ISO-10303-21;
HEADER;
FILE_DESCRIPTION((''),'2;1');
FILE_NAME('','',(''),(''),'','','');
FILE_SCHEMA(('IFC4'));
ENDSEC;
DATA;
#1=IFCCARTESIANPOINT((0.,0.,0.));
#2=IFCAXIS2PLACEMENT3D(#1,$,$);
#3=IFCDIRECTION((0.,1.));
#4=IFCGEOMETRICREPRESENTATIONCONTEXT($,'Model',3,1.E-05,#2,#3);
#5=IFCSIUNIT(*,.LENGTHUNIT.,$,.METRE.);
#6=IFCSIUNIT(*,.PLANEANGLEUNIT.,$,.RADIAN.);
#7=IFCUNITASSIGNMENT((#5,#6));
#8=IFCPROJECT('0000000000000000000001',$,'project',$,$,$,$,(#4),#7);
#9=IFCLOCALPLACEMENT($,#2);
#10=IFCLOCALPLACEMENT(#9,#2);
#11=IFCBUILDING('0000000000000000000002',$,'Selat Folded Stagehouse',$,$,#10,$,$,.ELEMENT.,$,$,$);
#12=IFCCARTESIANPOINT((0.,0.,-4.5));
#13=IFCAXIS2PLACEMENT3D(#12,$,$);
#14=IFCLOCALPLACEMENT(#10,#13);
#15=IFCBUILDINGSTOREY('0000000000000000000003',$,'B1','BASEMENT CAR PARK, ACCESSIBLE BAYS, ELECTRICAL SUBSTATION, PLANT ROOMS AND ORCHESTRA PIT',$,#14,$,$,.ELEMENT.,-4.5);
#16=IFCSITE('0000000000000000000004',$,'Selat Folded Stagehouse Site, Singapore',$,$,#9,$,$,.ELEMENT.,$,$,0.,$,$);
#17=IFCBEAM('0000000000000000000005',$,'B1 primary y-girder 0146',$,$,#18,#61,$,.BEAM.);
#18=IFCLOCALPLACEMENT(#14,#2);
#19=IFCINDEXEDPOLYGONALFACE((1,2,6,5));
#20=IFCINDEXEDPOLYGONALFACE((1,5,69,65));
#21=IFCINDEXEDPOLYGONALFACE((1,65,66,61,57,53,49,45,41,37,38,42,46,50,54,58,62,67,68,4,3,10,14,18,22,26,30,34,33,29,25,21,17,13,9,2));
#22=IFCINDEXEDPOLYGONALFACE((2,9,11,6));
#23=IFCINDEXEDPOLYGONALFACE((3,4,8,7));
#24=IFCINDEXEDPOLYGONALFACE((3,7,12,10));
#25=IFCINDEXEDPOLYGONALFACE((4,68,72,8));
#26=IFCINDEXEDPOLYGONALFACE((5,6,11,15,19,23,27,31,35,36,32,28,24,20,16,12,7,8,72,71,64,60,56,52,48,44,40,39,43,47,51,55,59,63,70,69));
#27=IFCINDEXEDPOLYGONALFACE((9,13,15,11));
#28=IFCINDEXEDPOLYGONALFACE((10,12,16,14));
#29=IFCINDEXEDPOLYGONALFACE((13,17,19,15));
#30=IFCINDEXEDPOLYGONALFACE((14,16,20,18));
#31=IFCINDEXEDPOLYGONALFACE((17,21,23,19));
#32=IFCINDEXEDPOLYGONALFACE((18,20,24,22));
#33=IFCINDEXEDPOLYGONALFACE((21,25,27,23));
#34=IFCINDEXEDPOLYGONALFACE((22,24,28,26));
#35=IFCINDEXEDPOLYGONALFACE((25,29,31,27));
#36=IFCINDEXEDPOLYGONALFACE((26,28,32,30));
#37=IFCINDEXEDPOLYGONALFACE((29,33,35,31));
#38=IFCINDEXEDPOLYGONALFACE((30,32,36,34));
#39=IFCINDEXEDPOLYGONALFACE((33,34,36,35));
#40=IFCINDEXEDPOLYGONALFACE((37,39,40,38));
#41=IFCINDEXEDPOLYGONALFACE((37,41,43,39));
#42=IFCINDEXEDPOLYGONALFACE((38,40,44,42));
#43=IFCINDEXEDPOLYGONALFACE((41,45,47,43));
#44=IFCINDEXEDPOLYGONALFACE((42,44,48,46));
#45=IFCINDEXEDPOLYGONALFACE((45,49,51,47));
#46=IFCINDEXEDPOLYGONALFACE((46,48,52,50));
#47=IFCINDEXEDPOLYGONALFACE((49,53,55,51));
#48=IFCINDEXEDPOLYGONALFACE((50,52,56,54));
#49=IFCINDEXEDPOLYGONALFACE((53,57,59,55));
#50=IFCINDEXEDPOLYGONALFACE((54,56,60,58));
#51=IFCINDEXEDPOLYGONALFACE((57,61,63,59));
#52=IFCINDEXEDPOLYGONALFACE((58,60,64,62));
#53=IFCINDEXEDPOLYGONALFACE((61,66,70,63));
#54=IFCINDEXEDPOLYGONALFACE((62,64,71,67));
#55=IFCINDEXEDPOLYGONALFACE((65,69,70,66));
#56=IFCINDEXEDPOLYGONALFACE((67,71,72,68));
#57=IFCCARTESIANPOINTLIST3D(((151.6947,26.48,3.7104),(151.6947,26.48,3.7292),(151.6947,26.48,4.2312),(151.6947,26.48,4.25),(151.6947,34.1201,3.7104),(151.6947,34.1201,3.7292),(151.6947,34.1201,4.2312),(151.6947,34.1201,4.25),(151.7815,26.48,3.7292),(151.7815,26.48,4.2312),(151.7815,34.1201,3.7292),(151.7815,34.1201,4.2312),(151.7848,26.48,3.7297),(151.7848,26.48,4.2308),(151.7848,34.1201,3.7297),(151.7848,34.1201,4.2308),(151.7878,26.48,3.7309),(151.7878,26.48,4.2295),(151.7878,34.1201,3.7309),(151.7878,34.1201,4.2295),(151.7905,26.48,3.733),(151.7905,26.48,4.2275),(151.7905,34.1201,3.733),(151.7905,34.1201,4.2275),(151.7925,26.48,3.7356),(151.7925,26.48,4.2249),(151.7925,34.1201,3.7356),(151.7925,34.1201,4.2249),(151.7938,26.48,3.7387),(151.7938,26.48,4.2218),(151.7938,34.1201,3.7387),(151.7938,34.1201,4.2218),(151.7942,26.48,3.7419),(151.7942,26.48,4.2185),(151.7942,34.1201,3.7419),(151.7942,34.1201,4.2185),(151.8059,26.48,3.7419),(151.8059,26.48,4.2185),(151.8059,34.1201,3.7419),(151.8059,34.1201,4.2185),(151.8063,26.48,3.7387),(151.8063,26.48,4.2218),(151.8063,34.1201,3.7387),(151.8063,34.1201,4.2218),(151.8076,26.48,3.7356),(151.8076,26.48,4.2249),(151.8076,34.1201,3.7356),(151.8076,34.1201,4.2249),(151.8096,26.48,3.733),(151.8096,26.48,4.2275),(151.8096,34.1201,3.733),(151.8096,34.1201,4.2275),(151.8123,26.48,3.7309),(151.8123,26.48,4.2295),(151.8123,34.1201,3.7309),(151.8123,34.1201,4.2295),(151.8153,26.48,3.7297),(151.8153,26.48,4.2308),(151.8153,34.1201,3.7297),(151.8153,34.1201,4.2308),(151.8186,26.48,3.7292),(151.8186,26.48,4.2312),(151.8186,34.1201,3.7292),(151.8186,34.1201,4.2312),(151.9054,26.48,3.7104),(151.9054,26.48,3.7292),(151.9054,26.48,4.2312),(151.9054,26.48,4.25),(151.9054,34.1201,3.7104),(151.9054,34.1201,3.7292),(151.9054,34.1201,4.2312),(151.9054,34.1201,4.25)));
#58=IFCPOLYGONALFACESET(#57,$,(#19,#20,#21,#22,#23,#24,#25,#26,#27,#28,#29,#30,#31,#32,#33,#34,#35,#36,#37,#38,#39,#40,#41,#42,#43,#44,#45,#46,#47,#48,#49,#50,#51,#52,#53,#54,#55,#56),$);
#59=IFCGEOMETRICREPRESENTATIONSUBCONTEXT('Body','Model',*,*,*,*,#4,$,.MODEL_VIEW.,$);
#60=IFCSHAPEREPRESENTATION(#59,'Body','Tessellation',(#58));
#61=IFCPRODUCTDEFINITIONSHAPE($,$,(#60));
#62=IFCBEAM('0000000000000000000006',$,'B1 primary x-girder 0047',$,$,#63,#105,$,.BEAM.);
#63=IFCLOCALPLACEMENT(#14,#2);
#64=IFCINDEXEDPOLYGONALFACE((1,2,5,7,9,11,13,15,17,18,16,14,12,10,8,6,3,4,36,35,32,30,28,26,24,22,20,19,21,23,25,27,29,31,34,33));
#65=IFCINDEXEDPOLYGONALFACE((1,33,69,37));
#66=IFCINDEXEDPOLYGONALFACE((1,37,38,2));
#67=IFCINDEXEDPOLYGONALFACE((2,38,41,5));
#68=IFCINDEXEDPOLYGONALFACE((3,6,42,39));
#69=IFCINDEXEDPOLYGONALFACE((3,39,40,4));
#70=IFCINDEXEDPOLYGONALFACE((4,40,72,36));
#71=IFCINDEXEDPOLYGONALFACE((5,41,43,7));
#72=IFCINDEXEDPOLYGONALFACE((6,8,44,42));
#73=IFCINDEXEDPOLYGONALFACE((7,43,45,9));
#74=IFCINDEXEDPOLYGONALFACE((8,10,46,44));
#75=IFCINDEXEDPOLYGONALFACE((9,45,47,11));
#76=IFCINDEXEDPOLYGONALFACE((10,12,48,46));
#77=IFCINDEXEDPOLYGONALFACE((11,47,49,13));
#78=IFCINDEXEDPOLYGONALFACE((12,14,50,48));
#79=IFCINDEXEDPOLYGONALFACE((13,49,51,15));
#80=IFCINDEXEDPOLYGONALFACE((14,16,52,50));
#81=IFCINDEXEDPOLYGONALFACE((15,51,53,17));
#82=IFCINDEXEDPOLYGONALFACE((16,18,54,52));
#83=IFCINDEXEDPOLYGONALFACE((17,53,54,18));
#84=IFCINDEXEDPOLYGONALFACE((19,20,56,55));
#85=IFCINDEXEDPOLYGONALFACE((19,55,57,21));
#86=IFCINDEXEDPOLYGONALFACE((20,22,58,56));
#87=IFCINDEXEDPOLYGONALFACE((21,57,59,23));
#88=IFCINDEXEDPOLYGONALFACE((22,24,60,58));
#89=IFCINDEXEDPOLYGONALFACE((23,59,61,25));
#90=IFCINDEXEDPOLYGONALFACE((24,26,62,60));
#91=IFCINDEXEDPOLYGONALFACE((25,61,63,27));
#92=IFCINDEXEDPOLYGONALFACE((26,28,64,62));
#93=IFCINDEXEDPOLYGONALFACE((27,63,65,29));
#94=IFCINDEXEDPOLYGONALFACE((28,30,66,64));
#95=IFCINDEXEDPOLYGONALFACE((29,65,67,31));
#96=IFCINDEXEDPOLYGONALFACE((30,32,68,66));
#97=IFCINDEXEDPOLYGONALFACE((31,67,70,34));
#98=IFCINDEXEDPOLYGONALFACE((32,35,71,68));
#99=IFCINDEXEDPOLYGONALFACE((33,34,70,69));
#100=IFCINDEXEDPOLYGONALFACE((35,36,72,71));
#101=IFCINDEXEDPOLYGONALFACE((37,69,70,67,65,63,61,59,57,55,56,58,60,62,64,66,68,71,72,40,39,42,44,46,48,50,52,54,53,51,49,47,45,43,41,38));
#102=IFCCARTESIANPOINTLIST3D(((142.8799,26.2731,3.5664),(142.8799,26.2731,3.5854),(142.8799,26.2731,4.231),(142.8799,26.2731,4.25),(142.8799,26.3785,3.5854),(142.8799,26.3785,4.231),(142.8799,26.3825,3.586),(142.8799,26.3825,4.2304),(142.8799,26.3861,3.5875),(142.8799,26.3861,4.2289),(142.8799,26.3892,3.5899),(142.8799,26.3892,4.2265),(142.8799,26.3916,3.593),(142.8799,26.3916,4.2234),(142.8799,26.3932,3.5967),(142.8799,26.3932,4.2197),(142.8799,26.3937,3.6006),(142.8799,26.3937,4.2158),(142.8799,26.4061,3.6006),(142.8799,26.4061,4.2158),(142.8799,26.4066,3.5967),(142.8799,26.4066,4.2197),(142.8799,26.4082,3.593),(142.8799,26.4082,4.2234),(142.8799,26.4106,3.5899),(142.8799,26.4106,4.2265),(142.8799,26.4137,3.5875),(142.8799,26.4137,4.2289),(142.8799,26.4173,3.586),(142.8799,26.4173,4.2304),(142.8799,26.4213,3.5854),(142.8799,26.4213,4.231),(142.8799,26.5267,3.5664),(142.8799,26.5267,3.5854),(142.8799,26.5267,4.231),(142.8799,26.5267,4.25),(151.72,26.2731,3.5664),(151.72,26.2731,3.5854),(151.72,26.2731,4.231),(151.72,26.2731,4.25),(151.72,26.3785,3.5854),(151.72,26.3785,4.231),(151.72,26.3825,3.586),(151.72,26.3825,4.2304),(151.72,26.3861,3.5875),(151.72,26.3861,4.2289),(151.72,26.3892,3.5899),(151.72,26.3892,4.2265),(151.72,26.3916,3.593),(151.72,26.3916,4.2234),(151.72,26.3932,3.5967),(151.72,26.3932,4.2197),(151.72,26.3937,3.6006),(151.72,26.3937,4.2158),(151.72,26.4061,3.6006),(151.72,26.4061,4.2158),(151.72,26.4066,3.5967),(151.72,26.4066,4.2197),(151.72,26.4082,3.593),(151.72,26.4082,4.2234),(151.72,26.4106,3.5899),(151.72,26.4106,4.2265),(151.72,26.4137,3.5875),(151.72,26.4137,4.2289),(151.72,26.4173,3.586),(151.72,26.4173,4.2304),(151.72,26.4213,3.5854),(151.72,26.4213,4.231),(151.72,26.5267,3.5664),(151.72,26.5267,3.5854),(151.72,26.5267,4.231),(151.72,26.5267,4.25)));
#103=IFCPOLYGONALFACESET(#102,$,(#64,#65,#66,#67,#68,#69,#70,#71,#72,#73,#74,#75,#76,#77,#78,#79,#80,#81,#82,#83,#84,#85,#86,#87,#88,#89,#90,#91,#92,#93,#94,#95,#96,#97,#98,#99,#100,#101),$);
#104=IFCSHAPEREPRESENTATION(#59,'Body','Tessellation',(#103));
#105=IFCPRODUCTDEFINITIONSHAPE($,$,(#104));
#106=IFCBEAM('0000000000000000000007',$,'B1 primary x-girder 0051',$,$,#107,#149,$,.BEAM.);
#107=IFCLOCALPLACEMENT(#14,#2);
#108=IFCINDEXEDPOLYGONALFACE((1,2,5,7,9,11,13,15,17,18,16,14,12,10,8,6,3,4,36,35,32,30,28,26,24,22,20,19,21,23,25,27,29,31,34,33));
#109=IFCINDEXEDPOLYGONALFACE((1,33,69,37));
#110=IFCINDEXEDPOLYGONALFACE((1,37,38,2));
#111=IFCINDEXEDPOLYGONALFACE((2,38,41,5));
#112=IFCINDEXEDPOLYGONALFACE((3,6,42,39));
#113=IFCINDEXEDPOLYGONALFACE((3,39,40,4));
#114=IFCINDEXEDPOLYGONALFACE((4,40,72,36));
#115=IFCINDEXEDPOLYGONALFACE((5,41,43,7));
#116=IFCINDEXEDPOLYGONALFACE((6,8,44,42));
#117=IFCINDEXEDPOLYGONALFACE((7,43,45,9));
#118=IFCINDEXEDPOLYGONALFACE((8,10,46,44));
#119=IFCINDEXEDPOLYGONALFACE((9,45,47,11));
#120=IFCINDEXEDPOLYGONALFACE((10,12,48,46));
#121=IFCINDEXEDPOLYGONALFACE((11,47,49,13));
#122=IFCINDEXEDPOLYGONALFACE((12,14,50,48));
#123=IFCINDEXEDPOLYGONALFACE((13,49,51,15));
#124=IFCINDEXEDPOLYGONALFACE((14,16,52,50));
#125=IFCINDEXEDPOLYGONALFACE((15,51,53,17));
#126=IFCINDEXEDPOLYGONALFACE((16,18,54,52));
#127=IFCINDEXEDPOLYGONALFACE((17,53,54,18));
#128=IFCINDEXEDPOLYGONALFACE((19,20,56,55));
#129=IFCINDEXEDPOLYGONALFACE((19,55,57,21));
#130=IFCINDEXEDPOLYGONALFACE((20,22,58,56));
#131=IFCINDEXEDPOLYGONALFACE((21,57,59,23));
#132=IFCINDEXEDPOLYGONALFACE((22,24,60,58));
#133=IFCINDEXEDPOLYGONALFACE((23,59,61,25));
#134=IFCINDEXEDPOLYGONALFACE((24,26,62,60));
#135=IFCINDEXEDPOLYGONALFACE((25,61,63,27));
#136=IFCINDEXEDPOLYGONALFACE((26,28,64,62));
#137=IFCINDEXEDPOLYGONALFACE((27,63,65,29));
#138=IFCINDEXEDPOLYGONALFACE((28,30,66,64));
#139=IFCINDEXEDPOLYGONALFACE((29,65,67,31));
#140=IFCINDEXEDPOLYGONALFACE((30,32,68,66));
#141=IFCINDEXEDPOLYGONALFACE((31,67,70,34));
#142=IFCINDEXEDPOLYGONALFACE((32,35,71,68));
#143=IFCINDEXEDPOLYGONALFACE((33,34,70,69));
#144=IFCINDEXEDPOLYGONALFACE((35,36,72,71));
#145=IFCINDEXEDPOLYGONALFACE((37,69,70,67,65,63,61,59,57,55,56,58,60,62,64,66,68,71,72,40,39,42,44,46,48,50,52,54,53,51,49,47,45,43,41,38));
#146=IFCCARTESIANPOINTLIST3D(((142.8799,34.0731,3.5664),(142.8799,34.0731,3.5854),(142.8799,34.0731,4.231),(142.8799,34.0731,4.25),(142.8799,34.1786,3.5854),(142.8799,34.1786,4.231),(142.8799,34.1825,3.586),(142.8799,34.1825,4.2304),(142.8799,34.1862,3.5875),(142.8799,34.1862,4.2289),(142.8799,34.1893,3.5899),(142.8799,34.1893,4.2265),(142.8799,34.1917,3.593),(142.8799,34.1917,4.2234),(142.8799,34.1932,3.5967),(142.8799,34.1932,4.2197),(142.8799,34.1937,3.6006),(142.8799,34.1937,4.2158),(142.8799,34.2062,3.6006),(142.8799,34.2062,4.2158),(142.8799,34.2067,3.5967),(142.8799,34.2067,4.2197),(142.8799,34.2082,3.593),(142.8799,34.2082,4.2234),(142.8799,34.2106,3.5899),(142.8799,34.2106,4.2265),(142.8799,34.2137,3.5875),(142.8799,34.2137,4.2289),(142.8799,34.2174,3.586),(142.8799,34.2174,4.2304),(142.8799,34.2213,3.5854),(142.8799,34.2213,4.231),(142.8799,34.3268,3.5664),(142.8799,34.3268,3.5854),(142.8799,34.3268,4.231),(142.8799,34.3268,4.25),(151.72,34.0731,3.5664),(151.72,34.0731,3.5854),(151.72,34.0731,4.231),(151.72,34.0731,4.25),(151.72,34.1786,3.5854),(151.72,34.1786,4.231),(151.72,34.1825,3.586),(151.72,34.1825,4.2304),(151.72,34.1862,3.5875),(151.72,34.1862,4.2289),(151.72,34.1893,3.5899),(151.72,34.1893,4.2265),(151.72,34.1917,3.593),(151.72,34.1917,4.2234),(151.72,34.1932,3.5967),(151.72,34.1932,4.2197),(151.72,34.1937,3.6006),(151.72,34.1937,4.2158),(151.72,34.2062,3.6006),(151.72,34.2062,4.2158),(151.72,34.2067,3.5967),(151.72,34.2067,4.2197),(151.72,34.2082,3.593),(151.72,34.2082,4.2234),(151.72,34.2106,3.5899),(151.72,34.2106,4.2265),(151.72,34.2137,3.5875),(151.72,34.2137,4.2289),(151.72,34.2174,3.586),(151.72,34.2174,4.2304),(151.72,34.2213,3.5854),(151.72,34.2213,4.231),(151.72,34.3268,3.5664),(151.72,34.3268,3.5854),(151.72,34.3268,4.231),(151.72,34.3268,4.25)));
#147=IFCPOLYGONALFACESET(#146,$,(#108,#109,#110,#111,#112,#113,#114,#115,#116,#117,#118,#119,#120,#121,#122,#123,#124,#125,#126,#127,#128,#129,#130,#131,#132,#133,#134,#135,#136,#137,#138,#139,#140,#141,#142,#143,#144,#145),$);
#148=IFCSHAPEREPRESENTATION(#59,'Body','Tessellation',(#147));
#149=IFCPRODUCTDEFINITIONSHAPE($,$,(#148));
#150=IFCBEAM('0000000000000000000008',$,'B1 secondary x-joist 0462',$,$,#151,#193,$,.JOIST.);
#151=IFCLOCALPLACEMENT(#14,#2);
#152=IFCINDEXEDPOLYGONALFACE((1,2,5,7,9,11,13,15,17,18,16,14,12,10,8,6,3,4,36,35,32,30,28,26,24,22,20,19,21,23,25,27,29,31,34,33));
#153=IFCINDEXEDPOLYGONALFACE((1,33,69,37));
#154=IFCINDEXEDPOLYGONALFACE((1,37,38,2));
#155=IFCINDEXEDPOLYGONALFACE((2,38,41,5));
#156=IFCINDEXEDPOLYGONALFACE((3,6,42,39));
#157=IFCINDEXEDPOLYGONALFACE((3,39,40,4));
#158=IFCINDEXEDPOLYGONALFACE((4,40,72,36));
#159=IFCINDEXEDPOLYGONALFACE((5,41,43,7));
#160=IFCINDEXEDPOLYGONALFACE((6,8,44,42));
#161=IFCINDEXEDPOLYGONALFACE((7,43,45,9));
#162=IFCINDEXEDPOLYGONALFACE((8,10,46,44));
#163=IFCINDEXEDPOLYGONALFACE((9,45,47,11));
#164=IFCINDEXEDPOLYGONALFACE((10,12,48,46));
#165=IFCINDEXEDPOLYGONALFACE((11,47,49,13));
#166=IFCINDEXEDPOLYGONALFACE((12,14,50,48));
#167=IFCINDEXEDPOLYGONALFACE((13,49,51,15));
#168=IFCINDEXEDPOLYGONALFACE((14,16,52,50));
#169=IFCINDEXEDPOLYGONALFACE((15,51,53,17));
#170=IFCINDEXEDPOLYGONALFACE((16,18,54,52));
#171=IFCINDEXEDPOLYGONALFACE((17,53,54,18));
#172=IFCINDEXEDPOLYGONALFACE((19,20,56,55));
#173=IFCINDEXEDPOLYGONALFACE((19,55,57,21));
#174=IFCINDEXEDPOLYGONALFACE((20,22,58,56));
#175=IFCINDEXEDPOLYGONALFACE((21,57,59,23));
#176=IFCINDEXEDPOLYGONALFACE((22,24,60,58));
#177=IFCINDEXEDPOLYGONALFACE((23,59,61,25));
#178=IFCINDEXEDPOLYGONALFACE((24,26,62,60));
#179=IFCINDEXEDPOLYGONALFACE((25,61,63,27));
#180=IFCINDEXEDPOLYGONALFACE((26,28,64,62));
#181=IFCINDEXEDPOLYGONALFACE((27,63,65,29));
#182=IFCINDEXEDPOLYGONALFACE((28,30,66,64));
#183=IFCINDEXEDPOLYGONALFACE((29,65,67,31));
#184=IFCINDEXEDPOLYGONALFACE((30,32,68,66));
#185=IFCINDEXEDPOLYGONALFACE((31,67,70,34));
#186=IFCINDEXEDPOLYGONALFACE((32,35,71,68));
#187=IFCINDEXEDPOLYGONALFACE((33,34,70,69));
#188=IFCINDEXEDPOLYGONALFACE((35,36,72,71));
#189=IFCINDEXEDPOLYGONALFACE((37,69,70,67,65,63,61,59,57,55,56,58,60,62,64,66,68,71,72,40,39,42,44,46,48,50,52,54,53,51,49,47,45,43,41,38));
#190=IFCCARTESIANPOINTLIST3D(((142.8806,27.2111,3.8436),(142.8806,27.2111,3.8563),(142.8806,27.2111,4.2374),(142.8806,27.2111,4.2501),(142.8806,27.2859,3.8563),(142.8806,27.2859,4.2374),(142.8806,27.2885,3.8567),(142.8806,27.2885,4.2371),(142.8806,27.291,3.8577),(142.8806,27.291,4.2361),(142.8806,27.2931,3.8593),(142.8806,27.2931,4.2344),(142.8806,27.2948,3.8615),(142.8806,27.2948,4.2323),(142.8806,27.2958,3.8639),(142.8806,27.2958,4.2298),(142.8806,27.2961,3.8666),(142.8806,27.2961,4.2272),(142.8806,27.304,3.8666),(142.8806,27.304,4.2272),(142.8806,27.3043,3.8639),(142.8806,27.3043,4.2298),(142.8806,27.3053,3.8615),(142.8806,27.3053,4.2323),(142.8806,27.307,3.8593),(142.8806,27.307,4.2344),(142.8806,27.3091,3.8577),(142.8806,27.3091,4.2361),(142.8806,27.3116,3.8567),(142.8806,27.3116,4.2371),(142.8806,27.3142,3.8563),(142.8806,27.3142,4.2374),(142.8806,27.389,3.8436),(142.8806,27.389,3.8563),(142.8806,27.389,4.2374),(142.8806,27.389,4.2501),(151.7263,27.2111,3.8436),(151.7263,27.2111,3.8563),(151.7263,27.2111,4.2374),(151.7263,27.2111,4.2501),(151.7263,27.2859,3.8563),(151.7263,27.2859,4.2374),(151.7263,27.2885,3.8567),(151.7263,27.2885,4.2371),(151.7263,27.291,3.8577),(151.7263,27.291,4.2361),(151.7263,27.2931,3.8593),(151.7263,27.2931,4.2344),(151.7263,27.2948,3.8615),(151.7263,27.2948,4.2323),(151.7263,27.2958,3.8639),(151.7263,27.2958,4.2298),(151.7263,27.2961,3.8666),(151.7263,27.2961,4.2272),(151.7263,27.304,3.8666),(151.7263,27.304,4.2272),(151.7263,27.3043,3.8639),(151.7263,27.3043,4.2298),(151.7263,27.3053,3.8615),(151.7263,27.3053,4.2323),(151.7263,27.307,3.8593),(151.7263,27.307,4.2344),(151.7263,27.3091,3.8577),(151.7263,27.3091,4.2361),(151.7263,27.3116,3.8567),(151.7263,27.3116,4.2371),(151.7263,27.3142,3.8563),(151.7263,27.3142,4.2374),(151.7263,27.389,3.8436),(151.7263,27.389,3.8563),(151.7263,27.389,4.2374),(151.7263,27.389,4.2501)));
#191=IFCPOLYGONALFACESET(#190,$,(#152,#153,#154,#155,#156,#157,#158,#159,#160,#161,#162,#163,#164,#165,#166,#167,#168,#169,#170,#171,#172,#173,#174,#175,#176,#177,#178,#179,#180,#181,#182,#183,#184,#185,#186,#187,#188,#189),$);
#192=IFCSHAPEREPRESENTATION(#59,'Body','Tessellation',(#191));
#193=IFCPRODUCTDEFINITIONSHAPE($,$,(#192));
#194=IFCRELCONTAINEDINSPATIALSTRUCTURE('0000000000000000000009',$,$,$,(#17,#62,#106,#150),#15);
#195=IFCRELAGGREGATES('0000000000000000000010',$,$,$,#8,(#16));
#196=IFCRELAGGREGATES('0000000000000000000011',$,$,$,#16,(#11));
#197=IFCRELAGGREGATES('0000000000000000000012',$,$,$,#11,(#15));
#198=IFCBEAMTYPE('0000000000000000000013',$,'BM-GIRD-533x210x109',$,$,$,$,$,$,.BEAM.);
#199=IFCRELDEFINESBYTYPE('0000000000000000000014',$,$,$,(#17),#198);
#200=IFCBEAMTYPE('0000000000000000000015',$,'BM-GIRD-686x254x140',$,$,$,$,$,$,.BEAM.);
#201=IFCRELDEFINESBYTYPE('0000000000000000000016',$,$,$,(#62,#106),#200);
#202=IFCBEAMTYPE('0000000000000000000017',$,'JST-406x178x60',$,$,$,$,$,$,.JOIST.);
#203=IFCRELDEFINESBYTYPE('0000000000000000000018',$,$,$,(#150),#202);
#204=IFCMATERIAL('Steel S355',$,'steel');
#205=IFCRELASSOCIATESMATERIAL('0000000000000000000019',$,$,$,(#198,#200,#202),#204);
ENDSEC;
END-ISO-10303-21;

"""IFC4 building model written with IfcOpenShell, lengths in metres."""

from ifc_helpers import new_model, si_unit, direction, frame, origin, origin_2d, place, context, subcontext, project, spatial, i_section, extrude, material, material_profile, profile_set, type_object, element, save


model = new_model("IFC4")

# Units and contexts
model_context = context("Model", 3, precision=1e-05, world=origin(), true_north=direction((0.0, 1.0)))
body_context = subcontext(model_context, "Body", "Model", "MODEL_VIEW")
ifc_project = project(units=[si_unit("LENGTHUNIT", "METRE"), si_unit("PLANEANGLEUNIT", "RADIAN")], contexts=[model_context])

# Site, building, storey
site_placement = place(None, origin())
site = spatial("IfcSite", under=ifc_project, at=site_placement, Name="Selat Folded Stagehouse Site, Singapore", CompositionType="ELEMENT", RefElevation=0.0)
building_placement = place(site_placement, origin())
building = spatial("IfcBuilding", under=site, at=building_placement, Name="Selat Folded Stagehouse", CompositionType="ELEMENT")
storey_placement = place(building_placement, frame((0.0, 0.0, -4.5)))
storey = spatial("IfcBuildingStorey", under=building, at=storey_placement, Name="B1", Description="BASEMENT CAR PARK, ACCESSIBLE BAYS, ELECTRICAL SUBSTATION, PLANT ROOMS AND ORCHESTRA PIT", CompositionType="ELEMENT", Elevation=-4.5)

# Shared definitions
ifc_material_1 = material(Name="Steel S355", Category="steel")

# Beams
ifc_material_profile_1 = material_profile(ifc_material_1, i_section(OverallWidth=0.2107, OverallDepth=0.5396, WebThickness=0.0117, FlangeThickness=0.0188, FilletRadius=0.0127, at=origin_2d()), Name="UKB 533x210x109")
ifc_profile_set_1 = profile_set([ifc_material_profile_1], Name="Steel S355")
beam_type_1 = type_object("IfcBeamType", Name="BM-GIRD-533x210x109", PredefinedType="BEAM", material=ifc_profile_set_1)
beam_placement = place(storey_placement, frame((151.8, 26.48, 3.9802), z_axis=(0.0, 1.0, 0.0), x_axis=(-1.0, 0.0, 0.0)))
element("IfcBeam", 1, at=beam_placement, inside=storey, type_object=beam_type_1, Name="B1 primary y-girder 0146", PredefinedType="BEAM", context=body_context, shape_type="SweptSolid", body=[
    extrude(i_section(OverallWidth=0.2107, OverallDepth=0.5396, WebThickness=0.0117, FlangeThickness=0.0188, FilletRadius=0.0127, at=origin_2d()), origin(), (0.0, 0.0, 1.0), 7.6401),
])
ifc_material_profile_2 = material_profile(ifc_material_1, i_section(OverallWidth=0.2537, OverallDepth=0.6836, WebThickness=0.0125, FlangeThickness=0.019, FilletRadius=0.0151, at=origin_2d()), Name="UKB 686x254x140")
ifc_profile_set_2 = profile_set([ifc_material_profile_2], Name="Steel S355")
beam_type_2 = type_object("IfcBeamType", Name="BM-GIRD-686x254x140", PredefinedType="BEAM", material=ifc_profile_set_2)
for number, where, z_axis, x_axis, name in (
    (2, (142.8799, 26.3999, 3.9082), (1.0, 0.0, 0.0), (0.0, 1.0, 0.0), "B1 primary x-girder 0047"),
    (3, (142.8799, 34.2, 3.9082), (1.0, 0.0, 0.0), (0.0, 1.0, 0.0), "B1 primary x-girder 0051"),
):
    element("IfcBeam", number, at=place(storey_placement, frame(where, z_axis=z_axis, x_axis=x_axis)), inside=storey, type_object=beam_type_2, Name=name, PredefinedType="BEAM", context=body_context, shape_type="SweptSolid", body=[
        extrude(i_section(OverallWidth=0.2537, OverallDepth=0.6836, WebThickness=0.0125, FlangeThickness=0.019, FilletRadius=0.0151, at=origin_2d()), origin(), (0.0, 0.0, 1.0), 8.8401),
    ])
ifc_material_profile_3 = material_profile(ifc_material_1, i_section(OverallWidth=0.178, OverallDepth=0.4065, WebThickness=0.0078, FlangeThickness=0.0127, FilletRadius=0.0103, at=origin_2d()), Name="UKB 406x178x60")
ifc_profile_set_3 = profile_set([ifc_material_profile_3], Name="Steel S355")
beam_type_3 = type_object("IfcBeamType", Name="JST-406x178x60", PredefinedType="JOIST", material=ifc_profile_set_3)
for number, where, z_axis, x_axis, name in (
    (4, (142.8806, 27.3, 4.0469), (1.0, 0.0, 0.0), (0.0, 1.0, 0.0), "B1 secondary x-joist 0462"),
):
    element("IfcBeam", number, at=place(storey_placement, frame(where, z_axis=z_axis, x_axis=x_axis)), inside=storey, type_object=beam_type_3, Name=name, PredefinedType="JOIST", context=body_context, shape_type="SweptSolid", body=[
        extrude(i_section(OverallWidth=0.178, OverallDepth=0.4065, WebThickness=0.0078, FlangeThickness=0.0127, FilletRadius=0.0103, at=origin_2d()), origin(), (0.0, 0.0, 1.0), 8.8457),
    ])

save(model, "model.ifc")
